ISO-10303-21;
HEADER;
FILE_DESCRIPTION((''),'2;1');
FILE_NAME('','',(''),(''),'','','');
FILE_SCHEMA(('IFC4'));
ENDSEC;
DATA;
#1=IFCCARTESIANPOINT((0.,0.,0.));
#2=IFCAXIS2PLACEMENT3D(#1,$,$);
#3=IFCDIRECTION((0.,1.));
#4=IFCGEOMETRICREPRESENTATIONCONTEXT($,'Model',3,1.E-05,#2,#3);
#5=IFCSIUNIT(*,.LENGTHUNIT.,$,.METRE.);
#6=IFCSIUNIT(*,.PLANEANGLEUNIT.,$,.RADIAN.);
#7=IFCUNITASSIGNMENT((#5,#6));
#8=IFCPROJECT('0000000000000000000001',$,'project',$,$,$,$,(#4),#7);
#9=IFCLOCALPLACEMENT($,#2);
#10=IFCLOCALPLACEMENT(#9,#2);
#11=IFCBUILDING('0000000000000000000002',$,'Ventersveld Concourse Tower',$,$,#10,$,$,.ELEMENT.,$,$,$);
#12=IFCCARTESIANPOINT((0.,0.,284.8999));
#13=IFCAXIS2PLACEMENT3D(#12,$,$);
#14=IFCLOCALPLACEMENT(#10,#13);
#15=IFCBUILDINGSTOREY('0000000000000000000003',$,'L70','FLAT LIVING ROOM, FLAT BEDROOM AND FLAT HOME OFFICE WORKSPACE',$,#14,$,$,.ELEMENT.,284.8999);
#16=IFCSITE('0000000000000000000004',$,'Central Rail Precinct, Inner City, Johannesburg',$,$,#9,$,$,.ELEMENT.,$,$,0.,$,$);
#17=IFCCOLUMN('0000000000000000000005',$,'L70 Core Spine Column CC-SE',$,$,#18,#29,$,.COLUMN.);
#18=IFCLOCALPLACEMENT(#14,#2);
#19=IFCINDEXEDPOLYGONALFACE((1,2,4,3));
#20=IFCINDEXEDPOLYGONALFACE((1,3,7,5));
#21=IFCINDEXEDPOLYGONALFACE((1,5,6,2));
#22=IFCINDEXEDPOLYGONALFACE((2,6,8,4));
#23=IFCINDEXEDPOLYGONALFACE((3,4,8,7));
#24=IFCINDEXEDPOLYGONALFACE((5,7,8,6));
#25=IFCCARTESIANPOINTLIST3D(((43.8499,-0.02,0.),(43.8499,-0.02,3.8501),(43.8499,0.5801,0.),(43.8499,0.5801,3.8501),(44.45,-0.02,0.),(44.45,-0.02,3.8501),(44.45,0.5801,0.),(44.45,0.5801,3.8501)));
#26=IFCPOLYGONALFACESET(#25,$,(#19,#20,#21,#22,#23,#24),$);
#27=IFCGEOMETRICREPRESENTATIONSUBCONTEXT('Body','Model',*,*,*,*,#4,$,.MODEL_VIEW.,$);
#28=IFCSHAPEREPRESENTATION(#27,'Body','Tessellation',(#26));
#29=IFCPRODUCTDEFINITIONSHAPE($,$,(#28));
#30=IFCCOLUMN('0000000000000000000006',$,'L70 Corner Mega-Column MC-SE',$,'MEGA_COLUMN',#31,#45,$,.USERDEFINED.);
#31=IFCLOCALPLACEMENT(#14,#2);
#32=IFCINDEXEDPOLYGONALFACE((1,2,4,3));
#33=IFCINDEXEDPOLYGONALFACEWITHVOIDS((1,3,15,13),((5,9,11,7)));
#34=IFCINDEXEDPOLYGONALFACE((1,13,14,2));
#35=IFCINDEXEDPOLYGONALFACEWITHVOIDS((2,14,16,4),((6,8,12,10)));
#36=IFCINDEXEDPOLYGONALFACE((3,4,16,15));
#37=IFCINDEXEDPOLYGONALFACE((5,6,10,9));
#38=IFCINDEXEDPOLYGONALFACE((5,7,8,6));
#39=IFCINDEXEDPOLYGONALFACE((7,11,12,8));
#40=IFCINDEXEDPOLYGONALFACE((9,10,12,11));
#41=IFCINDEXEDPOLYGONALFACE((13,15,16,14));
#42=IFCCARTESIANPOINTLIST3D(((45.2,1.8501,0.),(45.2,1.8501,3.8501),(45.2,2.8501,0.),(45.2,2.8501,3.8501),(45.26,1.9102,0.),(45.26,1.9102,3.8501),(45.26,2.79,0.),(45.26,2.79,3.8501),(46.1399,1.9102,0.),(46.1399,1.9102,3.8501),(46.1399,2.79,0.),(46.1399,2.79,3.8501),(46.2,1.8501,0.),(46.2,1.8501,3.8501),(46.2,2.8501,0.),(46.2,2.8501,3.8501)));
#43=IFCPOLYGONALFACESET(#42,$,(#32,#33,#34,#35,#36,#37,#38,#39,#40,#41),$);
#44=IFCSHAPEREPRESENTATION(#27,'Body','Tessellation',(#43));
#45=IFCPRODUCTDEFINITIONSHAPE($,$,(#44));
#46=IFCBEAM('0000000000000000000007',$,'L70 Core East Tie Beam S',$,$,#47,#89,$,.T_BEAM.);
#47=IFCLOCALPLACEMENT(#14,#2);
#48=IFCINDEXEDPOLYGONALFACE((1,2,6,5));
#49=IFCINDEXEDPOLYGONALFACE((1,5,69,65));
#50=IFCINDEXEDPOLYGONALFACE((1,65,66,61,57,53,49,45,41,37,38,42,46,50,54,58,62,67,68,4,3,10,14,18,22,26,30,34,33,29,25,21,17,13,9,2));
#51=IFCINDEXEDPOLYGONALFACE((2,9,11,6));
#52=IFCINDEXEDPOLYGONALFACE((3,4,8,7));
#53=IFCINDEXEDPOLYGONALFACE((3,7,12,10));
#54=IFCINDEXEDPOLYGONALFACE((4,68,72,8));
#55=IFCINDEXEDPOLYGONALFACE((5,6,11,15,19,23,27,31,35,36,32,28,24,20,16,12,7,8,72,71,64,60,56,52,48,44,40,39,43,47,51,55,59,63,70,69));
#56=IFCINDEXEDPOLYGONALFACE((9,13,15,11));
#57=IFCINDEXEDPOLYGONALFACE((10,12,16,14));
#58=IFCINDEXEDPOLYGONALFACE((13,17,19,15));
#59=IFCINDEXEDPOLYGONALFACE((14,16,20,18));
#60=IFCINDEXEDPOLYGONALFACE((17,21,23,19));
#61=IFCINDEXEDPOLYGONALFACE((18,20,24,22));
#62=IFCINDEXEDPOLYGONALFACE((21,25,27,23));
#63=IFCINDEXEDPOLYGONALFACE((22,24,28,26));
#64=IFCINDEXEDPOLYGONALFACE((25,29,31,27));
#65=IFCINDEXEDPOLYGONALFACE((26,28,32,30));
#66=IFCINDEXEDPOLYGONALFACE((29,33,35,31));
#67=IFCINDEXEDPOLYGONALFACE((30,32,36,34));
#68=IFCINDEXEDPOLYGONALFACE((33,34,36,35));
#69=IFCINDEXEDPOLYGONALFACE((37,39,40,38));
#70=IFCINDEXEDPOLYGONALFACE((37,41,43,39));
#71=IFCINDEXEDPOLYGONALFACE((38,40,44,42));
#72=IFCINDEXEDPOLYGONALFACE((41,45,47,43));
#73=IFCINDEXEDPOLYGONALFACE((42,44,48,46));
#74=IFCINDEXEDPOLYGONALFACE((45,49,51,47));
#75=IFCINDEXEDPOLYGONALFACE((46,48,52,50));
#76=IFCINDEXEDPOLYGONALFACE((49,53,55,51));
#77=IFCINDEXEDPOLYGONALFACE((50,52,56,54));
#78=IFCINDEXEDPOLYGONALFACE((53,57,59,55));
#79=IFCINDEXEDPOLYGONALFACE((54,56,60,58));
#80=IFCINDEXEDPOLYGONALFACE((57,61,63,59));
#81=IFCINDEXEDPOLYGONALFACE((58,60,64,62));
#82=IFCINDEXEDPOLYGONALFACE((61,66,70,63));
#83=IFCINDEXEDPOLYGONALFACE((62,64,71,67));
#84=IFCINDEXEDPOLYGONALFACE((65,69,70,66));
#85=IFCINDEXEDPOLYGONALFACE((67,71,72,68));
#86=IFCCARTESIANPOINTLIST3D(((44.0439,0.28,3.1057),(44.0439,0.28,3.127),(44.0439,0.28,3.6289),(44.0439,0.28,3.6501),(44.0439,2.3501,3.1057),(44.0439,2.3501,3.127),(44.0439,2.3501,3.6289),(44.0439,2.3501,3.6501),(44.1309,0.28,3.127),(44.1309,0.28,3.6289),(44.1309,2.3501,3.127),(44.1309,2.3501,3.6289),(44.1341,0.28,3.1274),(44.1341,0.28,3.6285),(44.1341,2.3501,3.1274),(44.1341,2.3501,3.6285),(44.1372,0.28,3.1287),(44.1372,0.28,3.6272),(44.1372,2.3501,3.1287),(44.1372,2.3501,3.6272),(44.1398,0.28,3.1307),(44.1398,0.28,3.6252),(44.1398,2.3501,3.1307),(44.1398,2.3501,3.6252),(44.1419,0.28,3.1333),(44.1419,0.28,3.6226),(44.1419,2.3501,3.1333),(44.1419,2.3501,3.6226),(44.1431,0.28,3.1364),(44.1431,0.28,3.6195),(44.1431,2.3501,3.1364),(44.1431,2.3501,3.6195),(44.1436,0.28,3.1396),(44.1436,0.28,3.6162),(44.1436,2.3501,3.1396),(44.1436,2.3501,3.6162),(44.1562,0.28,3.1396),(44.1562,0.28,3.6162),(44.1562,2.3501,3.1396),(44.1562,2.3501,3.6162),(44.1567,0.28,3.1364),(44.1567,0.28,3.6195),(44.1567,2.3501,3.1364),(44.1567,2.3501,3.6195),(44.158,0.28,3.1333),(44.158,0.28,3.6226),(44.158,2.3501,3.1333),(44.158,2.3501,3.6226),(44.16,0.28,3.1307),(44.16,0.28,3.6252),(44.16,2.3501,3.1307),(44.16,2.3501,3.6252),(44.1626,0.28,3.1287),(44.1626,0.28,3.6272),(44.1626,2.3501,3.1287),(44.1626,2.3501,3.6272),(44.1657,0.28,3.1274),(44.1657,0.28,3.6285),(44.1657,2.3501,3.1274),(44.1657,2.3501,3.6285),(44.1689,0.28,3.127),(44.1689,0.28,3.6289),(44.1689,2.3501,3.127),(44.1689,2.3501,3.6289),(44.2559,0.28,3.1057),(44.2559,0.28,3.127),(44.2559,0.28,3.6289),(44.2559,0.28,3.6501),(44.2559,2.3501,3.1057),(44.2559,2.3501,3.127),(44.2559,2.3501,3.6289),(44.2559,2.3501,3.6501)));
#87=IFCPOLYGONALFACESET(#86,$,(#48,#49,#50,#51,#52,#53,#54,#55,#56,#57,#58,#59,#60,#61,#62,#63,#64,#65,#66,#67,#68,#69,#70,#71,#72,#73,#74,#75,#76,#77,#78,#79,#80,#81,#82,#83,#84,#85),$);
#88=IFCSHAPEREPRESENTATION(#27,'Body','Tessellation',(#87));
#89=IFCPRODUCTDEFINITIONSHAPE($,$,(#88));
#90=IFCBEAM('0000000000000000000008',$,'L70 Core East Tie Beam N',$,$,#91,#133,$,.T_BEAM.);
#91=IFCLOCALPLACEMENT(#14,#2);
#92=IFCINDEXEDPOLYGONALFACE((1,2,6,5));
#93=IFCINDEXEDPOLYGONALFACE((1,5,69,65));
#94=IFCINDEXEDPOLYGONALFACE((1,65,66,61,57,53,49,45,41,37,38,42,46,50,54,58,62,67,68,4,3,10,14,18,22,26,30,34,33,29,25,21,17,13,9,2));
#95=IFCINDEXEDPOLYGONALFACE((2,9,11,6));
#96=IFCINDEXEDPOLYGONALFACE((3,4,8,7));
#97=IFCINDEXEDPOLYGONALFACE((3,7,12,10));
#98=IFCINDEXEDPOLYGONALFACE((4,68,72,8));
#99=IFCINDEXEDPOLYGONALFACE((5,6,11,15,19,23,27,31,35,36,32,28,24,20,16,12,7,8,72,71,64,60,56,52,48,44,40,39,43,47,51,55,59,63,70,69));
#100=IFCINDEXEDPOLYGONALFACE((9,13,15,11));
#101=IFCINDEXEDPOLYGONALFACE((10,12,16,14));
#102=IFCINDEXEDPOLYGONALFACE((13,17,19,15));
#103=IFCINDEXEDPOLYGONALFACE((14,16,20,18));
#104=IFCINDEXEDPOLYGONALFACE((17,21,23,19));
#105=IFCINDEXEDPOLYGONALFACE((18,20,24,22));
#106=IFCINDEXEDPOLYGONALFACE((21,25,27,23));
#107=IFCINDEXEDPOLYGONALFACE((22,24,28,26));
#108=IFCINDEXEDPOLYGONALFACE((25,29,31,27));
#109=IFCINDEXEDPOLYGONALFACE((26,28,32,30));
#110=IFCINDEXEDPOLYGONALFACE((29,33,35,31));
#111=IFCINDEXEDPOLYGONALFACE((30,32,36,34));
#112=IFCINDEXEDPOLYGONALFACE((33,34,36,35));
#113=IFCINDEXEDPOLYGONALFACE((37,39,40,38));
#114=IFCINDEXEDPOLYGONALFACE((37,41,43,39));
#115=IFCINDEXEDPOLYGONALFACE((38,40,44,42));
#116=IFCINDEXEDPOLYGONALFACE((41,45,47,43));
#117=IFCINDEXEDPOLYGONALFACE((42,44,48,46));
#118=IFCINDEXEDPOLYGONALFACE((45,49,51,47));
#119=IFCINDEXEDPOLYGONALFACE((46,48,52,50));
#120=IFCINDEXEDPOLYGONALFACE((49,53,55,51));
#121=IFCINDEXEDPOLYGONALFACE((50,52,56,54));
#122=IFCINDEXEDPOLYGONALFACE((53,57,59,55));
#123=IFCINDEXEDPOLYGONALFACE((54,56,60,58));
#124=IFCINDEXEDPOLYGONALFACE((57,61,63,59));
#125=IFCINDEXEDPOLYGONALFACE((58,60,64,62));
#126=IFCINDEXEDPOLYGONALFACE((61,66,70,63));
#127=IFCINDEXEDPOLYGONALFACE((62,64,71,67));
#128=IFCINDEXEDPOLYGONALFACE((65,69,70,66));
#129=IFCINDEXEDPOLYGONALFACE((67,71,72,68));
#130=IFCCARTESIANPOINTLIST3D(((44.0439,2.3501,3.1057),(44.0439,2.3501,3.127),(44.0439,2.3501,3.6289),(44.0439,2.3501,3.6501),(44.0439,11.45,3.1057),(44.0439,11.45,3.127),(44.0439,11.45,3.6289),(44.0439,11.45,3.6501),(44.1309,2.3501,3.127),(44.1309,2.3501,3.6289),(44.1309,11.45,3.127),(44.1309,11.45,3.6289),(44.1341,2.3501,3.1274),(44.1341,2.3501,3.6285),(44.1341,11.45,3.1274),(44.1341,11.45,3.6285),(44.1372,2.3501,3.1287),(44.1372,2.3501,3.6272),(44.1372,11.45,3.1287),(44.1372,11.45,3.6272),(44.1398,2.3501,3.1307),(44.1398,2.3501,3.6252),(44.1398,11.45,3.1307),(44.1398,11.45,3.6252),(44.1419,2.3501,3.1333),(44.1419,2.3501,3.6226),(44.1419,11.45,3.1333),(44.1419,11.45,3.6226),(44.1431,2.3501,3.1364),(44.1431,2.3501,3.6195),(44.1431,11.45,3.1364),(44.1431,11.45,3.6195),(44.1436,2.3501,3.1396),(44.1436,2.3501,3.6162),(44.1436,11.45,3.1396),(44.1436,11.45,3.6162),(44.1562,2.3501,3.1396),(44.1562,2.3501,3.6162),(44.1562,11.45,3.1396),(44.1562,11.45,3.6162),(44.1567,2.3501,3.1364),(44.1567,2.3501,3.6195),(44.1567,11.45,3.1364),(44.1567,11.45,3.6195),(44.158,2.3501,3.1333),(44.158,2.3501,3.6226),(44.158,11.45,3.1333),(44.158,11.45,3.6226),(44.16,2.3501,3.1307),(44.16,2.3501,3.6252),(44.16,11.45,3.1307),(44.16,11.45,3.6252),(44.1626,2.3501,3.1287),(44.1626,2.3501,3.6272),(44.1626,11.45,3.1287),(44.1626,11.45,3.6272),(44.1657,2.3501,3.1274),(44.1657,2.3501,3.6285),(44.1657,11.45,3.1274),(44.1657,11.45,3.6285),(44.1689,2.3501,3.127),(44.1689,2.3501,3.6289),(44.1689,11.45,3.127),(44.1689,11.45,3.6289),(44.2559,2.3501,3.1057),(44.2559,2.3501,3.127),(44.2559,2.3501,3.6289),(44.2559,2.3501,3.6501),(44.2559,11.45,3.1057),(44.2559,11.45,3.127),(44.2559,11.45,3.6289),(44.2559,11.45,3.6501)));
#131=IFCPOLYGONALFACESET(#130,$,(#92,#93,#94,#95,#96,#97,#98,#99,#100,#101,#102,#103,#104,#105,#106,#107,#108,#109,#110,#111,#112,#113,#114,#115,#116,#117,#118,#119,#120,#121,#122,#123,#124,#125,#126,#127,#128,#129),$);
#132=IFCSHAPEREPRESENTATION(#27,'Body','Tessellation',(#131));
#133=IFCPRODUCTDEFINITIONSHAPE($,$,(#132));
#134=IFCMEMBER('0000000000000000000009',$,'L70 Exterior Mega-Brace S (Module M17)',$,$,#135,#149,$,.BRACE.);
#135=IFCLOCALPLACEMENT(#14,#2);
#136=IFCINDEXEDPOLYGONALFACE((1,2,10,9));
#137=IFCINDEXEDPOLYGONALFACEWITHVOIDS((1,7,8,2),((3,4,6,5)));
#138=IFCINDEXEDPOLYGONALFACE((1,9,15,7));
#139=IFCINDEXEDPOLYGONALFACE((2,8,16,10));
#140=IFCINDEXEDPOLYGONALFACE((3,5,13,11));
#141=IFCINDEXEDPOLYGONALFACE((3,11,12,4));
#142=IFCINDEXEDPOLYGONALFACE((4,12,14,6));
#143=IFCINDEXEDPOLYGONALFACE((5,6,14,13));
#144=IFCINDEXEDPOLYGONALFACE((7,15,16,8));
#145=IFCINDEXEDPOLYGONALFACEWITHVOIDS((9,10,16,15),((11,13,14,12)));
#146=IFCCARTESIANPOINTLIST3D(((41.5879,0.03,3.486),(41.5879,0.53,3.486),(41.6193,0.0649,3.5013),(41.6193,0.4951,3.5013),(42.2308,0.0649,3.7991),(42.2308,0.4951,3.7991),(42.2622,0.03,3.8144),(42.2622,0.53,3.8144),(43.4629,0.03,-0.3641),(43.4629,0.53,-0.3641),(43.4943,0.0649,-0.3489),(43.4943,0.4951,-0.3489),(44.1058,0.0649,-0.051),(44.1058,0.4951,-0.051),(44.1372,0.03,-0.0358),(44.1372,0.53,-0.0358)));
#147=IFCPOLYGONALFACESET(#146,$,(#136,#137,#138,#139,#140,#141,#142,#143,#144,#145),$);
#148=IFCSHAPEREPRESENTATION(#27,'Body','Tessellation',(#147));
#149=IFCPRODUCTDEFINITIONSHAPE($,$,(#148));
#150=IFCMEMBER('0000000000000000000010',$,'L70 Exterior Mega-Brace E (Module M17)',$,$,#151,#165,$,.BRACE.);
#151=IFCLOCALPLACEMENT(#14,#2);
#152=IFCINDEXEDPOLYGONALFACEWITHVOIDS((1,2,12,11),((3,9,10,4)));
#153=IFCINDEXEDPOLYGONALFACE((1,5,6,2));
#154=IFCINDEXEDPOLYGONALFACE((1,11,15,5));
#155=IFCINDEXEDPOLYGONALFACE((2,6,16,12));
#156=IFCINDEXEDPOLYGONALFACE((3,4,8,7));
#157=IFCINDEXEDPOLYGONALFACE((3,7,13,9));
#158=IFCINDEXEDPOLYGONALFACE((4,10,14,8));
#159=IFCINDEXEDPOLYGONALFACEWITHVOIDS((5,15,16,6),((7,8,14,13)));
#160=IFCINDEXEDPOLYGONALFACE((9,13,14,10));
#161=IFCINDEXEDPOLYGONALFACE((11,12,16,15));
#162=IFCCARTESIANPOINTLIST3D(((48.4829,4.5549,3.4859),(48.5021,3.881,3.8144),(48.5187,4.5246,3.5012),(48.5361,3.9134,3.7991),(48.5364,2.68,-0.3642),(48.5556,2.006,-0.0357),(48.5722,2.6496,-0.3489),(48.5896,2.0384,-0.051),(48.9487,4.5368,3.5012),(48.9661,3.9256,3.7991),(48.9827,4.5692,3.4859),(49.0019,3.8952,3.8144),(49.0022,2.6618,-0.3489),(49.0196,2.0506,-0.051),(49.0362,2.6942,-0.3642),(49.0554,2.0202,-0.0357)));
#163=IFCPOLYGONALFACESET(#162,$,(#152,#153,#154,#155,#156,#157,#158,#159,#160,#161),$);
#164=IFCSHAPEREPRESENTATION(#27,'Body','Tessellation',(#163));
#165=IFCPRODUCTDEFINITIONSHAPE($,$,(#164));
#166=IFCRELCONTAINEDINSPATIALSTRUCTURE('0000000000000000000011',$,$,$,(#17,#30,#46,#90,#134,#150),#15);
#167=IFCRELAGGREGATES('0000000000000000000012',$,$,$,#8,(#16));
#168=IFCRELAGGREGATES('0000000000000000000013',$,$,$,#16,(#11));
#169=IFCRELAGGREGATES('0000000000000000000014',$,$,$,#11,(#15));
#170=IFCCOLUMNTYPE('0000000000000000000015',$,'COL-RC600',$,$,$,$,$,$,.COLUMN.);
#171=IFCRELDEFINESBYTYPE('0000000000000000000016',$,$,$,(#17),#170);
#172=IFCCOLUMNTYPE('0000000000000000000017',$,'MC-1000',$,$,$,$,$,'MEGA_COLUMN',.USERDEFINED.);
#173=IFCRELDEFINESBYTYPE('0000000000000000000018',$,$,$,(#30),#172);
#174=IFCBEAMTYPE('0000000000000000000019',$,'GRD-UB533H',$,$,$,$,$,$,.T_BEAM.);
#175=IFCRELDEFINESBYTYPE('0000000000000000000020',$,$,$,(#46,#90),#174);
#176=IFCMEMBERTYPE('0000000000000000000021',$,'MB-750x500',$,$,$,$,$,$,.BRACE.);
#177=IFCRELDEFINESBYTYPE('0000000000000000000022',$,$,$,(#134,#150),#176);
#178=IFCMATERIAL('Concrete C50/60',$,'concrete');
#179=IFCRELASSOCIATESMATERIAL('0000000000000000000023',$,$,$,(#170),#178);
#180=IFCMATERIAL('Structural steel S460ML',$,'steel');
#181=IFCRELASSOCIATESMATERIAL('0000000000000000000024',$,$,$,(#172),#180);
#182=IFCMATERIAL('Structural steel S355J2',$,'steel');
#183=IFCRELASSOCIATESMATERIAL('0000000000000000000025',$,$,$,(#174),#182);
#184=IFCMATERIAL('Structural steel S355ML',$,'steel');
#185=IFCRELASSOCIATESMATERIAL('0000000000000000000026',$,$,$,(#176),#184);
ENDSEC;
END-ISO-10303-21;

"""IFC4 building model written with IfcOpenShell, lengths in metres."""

from ifc_helpers import new_model, si_unit, direction, frame, origin, origin_2d, place, context, subcontext, project, spatial, rectangle, hollow_rectangle, i_section, extrude, material, material_profile, profile_set, type_object, element, save


model = new_model("IFC4")

# Units and contexts
model_context = context("Model", 3, precision=1e-05, world=origin(), true_north=direction((0.0, 1.0)))
body_context = subcontext(model_context, "Body", "Model", "MODEL_VIEW")
ifc_project = project(units=[si_unit("LENGTHUNIT", "METRE"), si_unit("PLANEANGLEUNIT", "RADIAN")], contexts=[model_context])

# Site, building, storey
site_placement = place(None, origin())
site = spatial("IfcSite", under=ifc_project, at=site_placement, Name="Central Rail Precinct, Inner City, Johannesburg", CompositionType="ELEMENT", RefElevation=0.0)
building_placement = place(site_placement, origin())
building = spatial("IfcBuilding", under=site, at=building_placement, Name="Ventersveld Concourse Tower", CompositionType="ELEMENT")
storey_placement = place(building_placement, frame((0.0, 0.0, 284.8999)))
storey = spatial("IfcBuildingStorey", under=building, at=storey_placement, Name="L70", Description="FLAT LIVING ROOM, FLAT BEDROOM AND FLAT HOME OFFICE WORKSPACE", CompositionType="ELEMENT", Elevation=284.8999)

# Columns
ifc_material_1 = material(Name="Concrete C50/60", Category="concrete")
ifc_material_profile_1 = material_profile(ifc_material_1, rectangle(XDim=0.6001, YDim=0.6001, at=origin_2d()), Name="RC 600x600")
ifc_profile_set_1 = profile_set([ifc_material_profile_1], Name="Concrete C50/60")
column_type_1 = type_object("IfcColumnType", Name="COL-RC600", PredefinedType="COLUMN", material=ifc_profile_set_1)
column_1_placement = place(storey_placement, frame((44.1499, 0.28, 0.0), z_axis=(0.0, 0.0, 1.0), x_axis=(1.0, 0.0, 0.0)))
element("IfcColumn", 1, at=column_1_placement, inside=storey, type_object=column_type_1, Name="L70 Core Spine Column CC-SE", PredefinedType="COLUMN", context=body_context, shape_type="SweptSolid", body=[
    extrude(rectangle(XDim=0.6001, YDim=0.6001, at=origin_2d()), origin(), (0.0, 0.0, 1.0), 3.8501),
])
ifc_material_2 = material(Name="Structural steel S460ML", Category="steel")
ifc_material_profile_2 = material_profile(ifc_material_2, hollow_rectangle(XDim=1.0, YDim=1.0, WallThickness=0.0601, at=origin_2d()), Name="BOX 1000x1000x60")
ifc_profile_set_2 = profile_set([ifc_material_profile_2], Name="Structural steel S460ML")
column_type_2 = type_object("IfcColumnType", Name="MC-1000", ElementType="MEGA_COLUMN", PredefinedType="USERDEFINED", material=ifc_profile_set_2)
column_2_placement = place(storey_placement, frame((45.7, 2.3501, 0.0), z_axis=(0.0, 0.0, 1.0), x_axis=(1.0, 0.0, 0.0)))
element("IfcColumn", 2, at=column_2_placement, inside=storey, type_object=column_type_2, Name="L70 Corner Mega-Column MC-SE", ObjectType="MEGA_COLUMN", PredefinedType="USERDEFINED", context=body_context, shape_type="SweptSolid", body=[
    extrude(hollow_rectangle(XDim=1.0, YDim=1.0, WallThickness=0.0601, at=origin_2d()), origin(), (0.0, 0.0, 1.0), 3.8501),
])

# Beams
ifc_material_3 = material(Name="Structural steel S355J2", Category="steel")
ifc_material_profile_3 = material_profile(ifc_material_3, i_section(OverallWidth=0.2119, OverallDepth=0.5444, WebThickness=0.0127, FlangeThickness=0.0212, FilletRadius=0.0127, at=origin_2d()), Name="UB 533x210x122")
ifc_profile_set_3 = profile_set([ifc_material_profile_3], Name="Structural steel S355J2")
beam_type_1 = type_object("IfcBeamType", Name="GRD-UB533H", PredefinedType="T_BEAM", material=ifc_profile_set_3)
beam_1_placement = place(storey_placement, frame((44.1499, 0.28, 3.3779), z_axis=(0.0, 1.0, 0.0), x_axis=(-1.0, 0.0, 0.0)))
element("IfcBeam", 3, at=beam_1_placement, inside=storey, type_object=beam_type_1, Name="L70 Core East Tie Beam S", PredefinedType="T_BEAM", context=body_context, shape_type="SweptSolid", body=[
    extrude(i_section(OverallWidth=0.2119, OverallDepth=0.5444, WebThickness=0.0127, FlangeThickness=0.0212, FilletRadius=0.0127, at=origin_2d()), origin(), (0.0, 0.0, 1.0), 2.0701),
])
beam_2_placement = place(storey_placement, frame((44.1499, 2.3501, 3.3779), z_axis=(0.0, 1.0, 0.0), x_axis=(-1.0, 0.0, 0.0)))
element("IfcBeam", 4, at=beam_2_placement, inside=storey, type_object=beam_type_1, Name="L70 Core East Tie Beam N", PredefinedType="T_BEAM", context=body_context, shape_type="SweptSolid", body=[
    extrude(i_section(OverallWidth=0.2119, OverallDepth=0.5444, WebThickness=0.0127, FlangeThickness=0.0212, FilletRadius=0.0127, at=origin_2d()), origin(), (0.0, 0.0, 1.0), 9.0999),
])

# Members
ifc_material_4 = material(Name="Structural steel S355ML", Category="steel")
ifc_material_profile_4 = material_profile(ifc_material_4, hollow_rectangle(XDim=0.5, YDim=0.75, WallThickness=0.0349, at=origin_2d()), Name="BOX 750x500x35")
ifc_profile_set_4 = profile_set([ifc_material_profile_4], Name="Structural steel S355ML")
member_type = type_object("IfcMemberType", Name="MB-750x500", PredefinedType="BRACE", material=ifc_profile_set_4)
member_1_placement = place(storey_placement, frame((43.8, 0.28, -0.2), z_axis=(-0.437839, 0.0, 0.899053), x_axis=(0.0, -1.0, 0.0)))
element("IfcMember", 5, at=member_1_placement, inside=storey, type_object=member_type, Name="L70 Exterior Mega-Brace S (Module M17)", PredefinedType="BRACE", context=body_context, shape_type="SweptSolid", body=[
    extrude(hollow_rectangle(XDim=0.5, YDim=0.75, WallThickness=0.0349, at=origin_2d()), origin(), (0.0, 0.0, 1.0), 4.2825),
])
member_2_placement = place(storey_placement, frame((48.7959, 2.3501, -0.2), z_axis=(-0.012484, 0.437805, 0.898983), x_axis=(-0.999594, -0.028504, 0.0)))
element("IfcMember", 6, at=member_2_placement, inside=storey, type_object=member_type, Name="L70 Exterior Mega-Brace E (Module M17)", PredefinedType="BRACE", context=body_context, shape_type="SweptSolid", body=[
    extrude(hollow_rectangle(XDim=0.5, YDim=0.75, WallThickness=0.0349, at=origin_2d()), origin(), (0.0, 0.0, 1.0), 4.2827),
])

save(model, "model.ifc")
